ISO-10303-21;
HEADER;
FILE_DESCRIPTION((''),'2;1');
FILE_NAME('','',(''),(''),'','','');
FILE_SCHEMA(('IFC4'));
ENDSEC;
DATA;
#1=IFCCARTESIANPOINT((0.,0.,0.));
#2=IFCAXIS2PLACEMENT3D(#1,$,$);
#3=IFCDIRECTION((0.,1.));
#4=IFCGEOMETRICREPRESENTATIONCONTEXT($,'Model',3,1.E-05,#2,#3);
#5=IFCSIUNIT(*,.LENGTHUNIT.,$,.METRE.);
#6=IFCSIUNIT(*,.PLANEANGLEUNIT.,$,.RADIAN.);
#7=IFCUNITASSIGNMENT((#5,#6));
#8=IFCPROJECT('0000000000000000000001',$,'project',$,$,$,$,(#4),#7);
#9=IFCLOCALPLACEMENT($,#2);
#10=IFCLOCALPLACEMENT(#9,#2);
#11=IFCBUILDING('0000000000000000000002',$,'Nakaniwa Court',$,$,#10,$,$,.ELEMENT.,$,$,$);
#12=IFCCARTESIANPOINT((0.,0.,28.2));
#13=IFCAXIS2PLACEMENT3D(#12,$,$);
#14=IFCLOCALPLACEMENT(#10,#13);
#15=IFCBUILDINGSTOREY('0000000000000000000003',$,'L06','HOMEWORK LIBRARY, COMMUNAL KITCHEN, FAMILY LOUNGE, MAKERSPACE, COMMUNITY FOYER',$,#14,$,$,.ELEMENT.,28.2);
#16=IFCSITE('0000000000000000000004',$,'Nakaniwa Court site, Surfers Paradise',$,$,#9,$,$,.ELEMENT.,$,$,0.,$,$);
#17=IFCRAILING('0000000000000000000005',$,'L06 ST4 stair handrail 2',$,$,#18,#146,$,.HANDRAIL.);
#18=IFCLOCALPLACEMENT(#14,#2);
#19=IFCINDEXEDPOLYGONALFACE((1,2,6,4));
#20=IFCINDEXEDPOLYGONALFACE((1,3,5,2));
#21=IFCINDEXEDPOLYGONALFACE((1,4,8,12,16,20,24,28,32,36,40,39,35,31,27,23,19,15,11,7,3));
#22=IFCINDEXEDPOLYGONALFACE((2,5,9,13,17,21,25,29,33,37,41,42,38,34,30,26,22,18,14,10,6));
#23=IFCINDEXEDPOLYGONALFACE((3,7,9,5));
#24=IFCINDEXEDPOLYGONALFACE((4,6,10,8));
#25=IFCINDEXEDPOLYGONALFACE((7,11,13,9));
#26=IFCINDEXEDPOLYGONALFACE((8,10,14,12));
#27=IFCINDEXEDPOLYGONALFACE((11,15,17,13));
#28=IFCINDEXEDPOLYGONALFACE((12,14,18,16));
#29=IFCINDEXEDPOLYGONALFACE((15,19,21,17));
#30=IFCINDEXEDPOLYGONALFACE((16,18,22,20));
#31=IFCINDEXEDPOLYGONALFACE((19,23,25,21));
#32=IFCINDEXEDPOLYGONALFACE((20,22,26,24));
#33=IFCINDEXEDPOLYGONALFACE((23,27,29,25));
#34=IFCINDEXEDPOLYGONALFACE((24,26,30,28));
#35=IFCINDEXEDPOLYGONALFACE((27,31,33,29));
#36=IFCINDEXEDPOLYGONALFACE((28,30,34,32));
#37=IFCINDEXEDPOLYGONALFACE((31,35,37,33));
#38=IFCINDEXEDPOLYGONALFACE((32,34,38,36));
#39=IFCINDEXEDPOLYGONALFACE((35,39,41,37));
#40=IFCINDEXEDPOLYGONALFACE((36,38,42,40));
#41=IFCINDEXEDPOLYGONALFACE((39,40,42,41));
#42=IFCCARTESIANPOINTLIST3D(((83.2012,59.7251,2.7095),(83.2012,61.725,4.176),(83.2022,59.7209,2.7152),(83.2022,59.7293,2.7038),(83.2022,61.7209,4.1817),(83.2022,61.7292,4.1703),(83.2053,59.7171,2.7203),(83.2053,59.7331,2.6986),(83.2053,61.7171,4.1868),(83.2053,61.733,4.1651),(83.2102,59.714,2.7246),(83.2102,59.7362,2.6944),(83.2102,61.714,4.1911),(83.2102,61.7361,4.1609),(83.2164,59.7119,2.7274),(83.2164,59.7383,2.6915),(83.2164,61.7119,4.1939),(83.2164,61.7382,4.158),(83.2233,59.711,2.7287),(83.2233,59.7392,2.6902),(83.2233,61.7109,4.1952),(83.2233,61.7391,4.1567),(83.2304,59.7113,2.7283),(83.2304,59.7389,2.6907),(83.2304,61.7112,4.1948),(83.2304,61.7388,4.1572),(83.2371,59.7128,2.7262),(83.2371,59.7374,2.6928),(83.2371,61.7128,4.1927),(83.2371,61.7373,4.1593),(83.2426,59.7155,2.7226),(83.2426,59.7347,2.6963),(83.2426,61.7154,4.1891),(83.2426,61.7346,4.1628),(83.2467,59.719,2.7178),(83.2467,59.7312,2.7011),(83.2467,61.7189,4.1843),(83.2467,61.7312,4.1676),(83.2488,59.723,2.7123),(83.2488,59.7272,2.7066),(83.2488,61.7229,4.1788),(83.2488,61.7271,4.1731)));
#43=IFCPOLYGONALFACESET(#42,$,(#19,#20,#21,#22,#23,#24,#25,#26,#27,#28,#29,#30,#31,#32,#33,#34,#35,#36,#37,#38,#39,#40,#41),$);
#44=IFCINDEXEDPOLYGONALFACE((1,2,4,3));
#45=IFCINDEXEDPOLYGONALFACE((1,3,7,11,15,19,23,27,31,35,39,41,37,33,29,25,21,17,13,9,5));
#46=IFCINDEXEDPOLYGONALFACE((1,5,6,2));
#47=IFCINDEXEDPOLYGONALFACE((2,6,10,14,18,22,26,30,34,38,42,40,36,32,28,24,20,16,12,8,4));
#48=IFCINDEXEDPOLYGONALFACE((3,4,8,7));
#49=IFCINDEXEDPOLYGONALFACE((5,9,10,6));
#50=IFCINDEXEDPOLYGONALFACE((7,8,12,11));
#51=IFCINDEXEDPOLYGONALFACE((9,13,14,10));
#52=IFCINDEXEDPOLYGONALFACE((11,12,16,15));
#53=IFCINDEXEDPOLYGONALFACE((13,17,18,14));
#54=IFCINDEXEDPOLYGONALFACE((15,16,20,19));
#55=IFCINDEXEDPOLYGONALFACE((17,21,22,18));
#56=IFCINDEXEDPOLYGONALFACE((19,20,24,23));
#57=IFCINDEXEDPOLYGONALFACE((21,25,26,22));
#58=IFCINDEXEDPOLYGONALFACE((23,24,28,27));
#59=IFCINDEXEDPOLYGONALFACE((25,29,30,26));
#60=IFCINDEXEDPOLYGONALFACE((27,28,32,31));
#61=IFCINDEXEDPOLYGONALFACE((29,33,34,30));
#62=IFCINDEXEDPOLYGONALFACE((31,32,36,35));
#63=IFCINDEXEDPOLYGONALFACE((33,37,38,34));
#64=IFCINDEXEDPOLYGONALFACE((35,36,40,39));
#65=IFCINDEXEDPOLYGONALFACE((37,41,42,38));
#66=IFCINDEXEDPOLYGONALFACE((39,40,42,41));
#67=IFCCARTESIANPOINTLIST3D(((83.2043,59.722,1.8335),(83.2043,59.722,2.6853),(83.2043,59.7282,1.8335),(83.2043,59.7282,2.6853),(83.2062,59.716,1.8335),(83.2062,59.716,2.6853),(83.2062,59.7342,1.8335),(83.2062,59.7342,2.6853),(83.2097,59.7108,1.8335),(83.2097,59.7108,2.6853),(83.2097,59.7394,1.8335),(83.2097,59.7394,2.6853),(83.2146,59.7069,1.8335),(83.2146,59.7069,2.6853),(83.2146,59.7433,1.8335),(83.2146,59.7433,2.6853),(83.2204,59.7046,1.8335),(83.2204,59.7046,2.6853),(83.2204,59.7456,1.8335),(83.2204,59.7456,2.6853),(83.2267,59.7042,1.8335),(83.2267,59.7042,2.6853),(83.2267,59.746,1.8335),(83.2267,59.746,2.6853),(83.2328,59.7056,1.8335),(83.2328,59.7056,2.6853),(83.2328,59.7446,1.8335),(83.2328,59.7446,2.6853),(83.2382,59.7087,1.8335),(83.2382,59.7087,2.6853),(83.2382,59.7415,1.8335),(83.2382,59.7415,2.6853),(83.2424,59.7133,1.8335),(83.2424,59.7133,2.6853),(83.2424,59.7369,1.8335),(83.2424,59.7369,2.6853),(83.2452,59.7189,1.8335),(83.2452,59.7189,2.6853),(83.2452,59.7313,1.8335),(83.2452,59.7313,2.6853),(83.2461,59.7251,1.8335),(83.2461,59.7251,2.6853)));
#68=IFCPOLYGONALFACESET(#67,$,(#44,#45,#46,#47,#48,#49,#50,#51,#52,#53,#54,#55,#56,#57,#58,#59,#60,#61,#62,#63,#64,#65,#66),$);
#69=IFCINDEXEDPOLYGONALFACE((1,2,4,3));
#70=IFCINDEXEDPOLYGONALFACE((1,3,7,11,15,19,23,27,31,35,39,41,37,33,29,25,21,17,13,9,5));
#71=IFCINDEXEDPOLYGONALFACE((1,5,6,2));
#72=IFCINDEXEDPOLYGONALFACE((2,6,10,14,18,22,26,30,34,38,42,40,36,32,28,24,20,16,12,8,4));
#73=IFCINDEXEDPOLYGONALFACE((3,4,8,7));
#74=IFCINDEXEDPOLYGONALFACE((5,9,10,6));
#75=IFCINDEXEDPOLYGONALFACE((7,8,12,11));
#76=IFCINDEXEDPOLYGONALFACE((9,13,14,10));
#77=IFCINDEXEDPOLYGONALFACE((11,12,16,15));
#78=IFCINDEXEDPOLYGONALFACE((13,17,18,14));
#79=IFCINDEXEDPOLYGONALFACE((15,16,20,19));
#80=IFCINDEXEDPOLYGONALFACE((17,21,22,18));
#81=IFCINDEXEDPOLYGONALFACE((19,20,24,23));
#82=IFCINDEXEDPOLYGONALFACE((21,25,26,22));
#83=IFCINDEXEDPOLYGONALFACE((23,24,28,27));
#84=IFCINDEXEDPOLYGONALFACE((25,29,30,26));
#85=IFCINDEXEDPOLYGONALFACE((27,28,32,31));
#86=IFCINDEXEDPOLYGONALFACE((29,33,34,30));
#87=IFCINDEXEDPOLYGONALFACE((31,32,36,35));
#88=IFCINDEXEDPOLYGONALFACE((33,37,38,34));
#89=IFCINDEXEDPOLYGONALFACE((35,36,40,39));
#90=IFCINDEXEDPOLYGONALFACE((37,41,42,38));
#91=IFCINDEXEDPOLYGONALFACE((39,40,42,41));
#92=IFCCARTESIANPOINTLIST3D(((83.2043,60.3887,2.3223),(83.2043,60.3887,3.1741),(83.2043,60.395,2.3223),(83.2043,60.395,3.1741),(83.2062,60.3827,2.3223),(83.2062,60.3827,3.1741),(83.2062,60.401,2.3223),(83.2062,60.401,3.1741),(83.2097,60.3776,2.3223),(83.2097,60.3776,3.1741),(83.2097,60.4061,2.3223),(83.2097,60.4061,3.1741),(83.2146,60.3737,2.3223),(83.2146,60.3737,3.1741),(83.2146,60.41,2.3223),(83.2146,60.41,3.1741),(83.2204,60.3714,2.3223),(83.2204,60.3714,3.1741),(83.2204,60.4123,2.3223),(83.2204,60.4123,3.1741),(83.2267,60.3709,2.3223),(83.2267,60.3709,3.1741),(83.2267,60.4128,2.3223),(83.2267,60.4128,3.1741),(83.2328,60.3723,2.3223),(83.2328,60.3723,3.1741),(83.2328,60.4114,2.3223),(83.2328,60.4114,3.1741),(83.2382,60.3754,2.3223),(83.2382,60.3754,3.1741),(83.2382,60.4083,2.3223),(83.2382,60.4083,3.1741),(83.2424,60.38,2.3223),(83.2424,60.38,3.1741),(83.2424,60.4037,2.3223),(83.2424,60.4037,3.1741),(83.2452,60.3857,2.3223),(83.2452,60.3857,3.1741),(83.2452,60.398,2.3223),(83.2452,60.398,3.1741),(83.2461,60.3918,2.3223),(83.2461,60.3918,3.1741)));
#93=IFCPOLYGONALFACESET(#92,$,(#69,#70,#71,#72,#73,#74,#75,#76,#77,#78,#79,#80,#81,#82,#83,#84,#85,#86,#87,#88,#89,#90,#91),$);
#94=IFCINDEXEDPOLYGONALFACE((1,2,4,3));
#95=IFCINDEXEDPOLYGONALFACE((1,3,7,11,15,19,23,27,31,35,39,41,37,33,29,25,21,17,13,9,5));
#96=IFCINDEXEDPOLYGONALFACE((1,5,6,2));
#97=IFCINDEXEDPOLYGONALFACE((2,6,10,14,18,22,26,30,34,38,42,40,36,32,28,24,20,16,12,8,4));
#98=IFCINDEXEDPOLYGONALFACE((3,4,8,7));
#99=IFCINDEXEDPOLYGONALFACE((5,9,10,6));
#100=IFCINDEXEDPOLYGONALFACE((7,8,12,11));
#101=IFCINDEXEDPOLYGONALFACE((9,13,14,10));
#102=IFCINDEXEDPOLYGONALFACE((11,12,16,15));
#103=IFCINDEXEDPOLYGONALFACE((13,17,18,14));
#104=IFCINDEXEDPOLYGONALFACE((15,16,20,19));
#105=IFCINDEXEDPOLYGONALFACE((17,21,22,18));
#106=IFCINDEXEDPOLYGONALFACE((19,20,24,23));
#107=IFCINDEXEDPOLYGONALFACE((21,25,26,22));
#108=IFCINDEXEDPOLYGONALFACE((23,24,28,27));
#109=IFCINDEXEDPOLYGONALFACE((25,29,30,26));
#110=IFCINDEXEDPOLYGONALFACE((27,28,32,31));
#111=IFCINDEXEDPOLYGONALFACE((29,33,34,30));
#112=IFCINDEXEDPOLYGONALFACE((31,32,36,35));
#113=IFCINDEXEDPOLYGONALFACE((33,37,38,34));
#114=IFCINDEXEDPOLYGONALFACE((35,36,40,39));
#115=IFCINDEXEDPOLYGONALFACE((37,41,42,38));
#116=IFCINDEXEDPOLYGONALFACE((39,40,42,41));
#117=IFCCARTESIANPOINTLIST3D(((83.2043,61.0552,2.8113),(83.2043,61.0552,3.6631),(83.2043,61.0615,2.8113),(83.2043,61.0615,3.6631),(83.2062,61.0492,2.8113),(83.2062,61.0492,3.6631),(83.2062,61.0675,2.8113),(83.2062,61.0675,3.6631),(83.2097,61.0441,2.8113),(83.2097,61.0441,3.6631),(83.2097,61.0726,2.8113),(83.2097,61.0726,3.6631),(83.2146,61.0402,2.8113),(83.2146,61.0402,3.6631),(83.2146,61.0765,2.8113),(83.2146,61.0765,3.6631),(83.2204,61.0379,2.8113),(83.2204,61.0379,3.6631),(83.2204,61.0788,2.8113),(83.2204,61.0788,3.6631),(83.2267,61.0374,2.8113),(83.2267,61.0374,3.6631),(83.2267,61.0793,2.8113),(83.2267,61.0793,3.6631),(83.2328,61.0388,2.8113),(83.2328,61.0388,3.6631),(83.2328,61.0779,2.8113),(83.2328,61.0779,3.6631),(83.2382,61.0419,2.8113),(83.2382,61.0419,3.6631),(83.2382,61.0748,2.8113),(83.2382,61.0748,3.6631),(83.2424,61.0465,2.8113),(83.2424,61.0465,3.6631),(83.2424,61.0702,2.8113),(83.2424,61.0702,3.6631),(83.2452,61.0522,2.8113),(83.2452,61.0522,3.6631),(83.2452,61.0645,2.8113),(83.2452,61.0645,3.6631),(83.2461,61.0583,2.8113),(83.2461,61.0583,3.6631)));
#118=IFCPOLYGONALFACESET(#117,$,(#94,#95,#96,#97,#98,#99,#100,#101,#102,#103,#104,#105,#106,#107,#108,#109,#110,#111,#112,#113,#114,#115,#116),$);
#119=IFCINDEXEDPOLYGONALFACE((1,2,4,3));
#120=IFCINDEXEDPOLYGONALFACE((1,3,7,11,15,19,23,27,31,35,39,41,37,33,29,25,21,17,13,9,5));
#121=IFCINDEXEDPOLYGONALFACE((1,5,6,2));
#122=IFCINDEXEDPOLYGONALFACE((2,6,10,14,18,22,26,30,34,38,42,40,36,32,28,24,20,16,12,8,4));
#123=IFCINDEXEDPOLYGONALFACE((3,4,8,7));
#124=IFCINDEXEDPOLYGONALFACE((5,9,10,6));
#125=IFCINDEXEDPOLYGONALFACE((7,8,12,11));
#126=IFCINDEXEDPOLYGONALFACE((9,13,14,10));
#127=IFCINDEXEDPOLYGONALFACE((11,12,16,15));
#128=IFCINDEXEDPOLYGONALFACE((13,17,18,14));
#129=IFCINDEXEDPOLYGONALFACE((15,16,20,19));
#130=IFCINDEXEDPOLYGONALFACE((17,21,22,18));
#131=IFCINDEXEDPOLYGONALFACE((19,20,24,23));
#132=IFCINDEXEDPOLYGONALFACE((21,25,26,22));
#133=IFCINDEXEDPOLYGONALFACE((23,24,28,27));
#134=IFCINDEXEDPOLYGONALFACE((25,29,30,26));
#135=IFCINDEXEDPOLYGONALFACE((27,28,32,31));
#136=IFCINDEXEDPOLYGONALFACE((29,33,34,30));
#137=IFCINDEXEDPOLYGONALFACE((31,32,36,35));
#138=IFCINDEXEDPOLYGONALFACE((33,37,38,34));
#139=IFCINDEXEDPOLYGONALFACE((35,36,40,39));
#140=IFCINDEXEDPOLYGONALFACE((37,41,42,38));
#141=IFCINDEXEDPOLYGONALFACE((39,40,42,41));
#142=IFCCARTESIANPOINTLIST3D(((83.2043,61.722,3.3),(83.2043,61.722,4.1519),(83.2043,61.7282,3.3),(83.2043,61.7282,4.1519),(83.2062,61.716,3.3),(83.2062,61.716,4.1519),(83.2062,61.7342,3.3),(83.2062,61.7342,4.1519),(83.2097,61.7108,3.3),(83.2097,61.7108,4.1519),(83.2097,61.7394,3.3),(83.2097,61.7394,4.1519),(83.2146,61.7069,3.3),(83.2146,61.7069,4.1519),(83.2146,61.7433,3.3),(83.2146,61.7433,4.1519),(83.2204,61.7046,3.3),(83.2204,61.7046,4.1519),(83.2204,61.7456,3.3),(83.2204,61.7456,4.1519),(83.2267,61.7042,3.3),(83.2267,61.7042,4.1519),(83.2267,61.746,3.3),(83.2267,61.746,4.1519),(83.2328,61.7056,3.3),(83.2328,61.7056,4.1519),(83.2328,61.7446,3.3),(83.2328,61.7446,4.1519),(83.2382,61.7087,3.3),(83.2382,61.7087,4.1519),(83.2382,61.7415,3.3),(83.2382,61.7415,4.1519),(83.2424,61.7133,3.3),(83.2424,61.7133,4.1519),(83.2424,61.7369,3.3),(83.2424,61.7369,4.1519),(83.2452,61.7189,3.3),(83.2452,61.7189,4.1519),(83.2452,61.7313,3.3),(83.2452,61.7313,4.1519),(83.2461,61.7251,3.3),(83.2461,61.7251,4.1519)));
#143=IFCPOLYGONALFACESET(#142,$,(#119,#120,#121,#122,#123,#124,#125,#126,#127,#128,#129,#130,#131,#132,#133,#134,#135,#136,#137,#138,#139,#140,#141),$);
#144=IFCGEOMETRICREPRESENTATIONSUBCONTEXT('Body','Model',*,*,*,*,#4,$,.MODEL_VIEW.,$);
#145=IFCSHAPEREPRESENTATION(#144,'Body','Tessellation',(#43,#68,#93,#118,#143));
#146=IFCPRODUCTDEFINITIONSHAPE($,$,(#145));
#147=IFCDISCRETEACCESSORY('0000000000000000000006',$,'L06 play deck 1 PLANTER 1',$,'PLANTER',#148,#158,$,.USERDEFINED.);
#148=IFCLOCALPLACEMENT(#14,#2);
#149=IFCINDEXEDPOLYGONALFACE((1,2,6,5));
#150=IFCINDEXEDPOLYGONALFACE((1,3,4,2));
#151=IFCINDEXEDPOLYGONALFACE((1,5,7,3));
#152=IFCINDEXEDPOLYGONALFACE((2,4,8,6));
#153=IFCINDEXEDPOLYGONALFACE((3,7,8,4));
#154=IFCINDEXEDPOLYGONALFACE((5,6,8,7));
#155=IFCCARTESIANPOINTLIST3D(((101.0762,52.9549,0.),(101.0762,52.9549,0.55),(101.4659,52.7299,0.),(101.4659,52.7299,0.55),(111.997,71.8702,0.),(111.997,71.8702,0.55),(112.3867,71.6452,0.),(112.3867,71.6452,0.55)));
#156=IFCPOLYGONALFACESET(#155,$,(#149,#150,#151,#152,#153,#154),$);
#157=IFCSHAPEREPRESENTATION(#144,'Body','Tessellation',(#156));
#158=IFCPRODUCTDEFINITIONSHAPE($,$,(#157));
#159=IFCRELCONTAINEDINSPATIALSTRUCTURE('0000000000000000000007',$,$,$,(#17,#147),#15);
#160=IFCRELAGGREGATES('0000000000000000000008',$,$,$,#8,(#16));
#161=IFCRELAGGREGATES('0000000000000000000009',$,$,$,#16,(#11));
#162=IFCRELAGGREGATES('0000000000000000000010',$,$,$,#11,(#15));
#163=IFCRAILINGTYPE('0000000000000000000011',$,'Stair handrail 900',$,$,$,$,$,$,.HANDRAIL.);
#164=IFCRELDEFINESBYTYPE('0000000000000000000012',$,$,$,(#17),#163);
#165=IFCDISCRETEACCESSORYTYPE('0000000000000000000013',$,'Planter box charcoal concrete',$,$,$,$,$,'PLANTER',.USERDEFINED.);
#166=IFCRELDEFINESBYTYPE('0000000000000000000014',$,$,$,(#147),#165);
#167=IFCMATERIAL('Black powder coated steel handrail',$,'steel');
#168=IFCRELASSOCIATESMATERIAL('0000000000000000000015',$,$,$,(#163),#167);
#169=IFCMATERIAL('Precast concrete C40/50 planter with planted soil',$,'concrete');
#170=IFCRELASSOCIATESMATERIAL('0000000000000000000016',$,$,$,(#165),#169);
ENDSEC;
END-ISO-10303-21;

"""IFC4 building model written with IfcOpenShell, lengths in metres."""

from ifc_helpers import new_model, si_unit, direction, frame, origin, origin_2d, place, context, subcontext, project, spatial, rectangle, circle, extrude, material, type_object, element, save


model = new_model("IFC4")

# Units and contexts
model_context = context("Model", 3, precision=1e-05, world=origin(), true_north=direction((0.0, 1.0)))
body_context = subcontext(model_context, "Body", "Model", "MODEL_VIEW")
ifc_project = project(units=[si_unit("LENGTHUNIT", "METRE"), si_unit("PLANEANGLEUNIT", "RADIAN")], contexts=[model_context])

# Site, building, storey
site_placement = place(None, origin())
site = spatial("IfcSite", under=ifc_project, at=site_placement, Name="Nakaniwa Court site, Surfers Paradise", CompositionType="ELEMENT", RefElevation=0.0)
building_placement = place(site_placement, origin())
building = spatial("IfcBuilding", under=site, at=building_placement, Name="Nakaniwa Court", CompositionType="ELEMENT")
storey_placement = place(building_placement, frame((0.0, 0.0, 28.2)))
storey = spatial("IfcBuildingStorey", under=building, at=storey_placement, Name="L06", Description="HOMEWORK LIBRARY, COMMUNAL KITCHEN, FAMILY LOUNGE, MAKERSPACE, COMMUNITY FOYER", CompositionType="ELEMENT", Elevation=28.2)

# Railing
ifc_material_1 = material(Name="Black powder coated steel handrail", Category="steel")
railing_type_1 = type_object("IfcRailingType", Name="Stair handrail 900", PredefinedType="HANDRAIL", material=ifc_material_1)
railing_1_placement = place(storey_placement, frame((83.2251, 59.7251, 1.8335)))
element("IfcRailing", 1, at=railing_1_placement, inside=storey, type_object=railing_type_1, Name="L06 ST4 stair handrail 2", PredefinedType="HANDRAIL", context=body_context, shape_type="SweptSolid", body=[
    extrude(circle(Radius=0.0239, at=origin_2d()), frame((0.0, 0.0, 0.876), z_axis=(0.0, 0.806427, 0.591334), x_axis=(-1.0, 0.0, 0.0)), (0.0, 0.0, 1.0), 2.48),
    extrude(circle(Radius=0.021, at=origin_2d()), origin(), (0.0, 0.0, 1.0), 0.8518),
    extrude(circle(Radius=0.021, at=origin_2d()), frame((0.0, 0.6667, 0.4888)), (0.0, 0.0, 1.0), 0.8518),
    extrude(circle(Radius=0.021, at=origin_2d()), frame((0.0, 1.3333, 0.9778)), (0.0, 0.0, 1.0), 0.8518),
    extrude(circle(Radius=0.021, at=origin_2d()), frame((0.0, 2.0, 1.4666)), (0.0, 0.0, 1.0), 0.8518),
])

# Discrete accessory
ifc_material_2 = material(Name="Precast concrete C40/50 planter with planted soil", Category="concrete")
discrete_accessory_type = type_object("IfcDiscreteAccessoryType", Name="Planter box charcoal concrete", ElementType="PLANTER", PredefinedType="USERDEFINED", material=ifc_material_2)
discrete_accessory_placement = place(storey_placement, frame((106.7314, 62.3, 0.0), z_axis=(0.0, 0.0, 1.0), x_axis=(0.499998, 0.866026, 0.0)))
element("IfcDiscreteAccessory", 2, at=discrete_accessory_placement, inside=storey, type_object=discrete_accessory_type, Name="L06 play deck 1 PLANTER 1", ObjectType="PLANTER", PredefinedType="USERDEFINED", context=body_context, shape_type="SweptSolid", body=[
    extrude(rectangle(XDim=21.8416, YDim=0.45, at=origin_2d()), origin(), (0.0, 0.0, 1.0), 0.55),
])

save(model, "model.ifc")
